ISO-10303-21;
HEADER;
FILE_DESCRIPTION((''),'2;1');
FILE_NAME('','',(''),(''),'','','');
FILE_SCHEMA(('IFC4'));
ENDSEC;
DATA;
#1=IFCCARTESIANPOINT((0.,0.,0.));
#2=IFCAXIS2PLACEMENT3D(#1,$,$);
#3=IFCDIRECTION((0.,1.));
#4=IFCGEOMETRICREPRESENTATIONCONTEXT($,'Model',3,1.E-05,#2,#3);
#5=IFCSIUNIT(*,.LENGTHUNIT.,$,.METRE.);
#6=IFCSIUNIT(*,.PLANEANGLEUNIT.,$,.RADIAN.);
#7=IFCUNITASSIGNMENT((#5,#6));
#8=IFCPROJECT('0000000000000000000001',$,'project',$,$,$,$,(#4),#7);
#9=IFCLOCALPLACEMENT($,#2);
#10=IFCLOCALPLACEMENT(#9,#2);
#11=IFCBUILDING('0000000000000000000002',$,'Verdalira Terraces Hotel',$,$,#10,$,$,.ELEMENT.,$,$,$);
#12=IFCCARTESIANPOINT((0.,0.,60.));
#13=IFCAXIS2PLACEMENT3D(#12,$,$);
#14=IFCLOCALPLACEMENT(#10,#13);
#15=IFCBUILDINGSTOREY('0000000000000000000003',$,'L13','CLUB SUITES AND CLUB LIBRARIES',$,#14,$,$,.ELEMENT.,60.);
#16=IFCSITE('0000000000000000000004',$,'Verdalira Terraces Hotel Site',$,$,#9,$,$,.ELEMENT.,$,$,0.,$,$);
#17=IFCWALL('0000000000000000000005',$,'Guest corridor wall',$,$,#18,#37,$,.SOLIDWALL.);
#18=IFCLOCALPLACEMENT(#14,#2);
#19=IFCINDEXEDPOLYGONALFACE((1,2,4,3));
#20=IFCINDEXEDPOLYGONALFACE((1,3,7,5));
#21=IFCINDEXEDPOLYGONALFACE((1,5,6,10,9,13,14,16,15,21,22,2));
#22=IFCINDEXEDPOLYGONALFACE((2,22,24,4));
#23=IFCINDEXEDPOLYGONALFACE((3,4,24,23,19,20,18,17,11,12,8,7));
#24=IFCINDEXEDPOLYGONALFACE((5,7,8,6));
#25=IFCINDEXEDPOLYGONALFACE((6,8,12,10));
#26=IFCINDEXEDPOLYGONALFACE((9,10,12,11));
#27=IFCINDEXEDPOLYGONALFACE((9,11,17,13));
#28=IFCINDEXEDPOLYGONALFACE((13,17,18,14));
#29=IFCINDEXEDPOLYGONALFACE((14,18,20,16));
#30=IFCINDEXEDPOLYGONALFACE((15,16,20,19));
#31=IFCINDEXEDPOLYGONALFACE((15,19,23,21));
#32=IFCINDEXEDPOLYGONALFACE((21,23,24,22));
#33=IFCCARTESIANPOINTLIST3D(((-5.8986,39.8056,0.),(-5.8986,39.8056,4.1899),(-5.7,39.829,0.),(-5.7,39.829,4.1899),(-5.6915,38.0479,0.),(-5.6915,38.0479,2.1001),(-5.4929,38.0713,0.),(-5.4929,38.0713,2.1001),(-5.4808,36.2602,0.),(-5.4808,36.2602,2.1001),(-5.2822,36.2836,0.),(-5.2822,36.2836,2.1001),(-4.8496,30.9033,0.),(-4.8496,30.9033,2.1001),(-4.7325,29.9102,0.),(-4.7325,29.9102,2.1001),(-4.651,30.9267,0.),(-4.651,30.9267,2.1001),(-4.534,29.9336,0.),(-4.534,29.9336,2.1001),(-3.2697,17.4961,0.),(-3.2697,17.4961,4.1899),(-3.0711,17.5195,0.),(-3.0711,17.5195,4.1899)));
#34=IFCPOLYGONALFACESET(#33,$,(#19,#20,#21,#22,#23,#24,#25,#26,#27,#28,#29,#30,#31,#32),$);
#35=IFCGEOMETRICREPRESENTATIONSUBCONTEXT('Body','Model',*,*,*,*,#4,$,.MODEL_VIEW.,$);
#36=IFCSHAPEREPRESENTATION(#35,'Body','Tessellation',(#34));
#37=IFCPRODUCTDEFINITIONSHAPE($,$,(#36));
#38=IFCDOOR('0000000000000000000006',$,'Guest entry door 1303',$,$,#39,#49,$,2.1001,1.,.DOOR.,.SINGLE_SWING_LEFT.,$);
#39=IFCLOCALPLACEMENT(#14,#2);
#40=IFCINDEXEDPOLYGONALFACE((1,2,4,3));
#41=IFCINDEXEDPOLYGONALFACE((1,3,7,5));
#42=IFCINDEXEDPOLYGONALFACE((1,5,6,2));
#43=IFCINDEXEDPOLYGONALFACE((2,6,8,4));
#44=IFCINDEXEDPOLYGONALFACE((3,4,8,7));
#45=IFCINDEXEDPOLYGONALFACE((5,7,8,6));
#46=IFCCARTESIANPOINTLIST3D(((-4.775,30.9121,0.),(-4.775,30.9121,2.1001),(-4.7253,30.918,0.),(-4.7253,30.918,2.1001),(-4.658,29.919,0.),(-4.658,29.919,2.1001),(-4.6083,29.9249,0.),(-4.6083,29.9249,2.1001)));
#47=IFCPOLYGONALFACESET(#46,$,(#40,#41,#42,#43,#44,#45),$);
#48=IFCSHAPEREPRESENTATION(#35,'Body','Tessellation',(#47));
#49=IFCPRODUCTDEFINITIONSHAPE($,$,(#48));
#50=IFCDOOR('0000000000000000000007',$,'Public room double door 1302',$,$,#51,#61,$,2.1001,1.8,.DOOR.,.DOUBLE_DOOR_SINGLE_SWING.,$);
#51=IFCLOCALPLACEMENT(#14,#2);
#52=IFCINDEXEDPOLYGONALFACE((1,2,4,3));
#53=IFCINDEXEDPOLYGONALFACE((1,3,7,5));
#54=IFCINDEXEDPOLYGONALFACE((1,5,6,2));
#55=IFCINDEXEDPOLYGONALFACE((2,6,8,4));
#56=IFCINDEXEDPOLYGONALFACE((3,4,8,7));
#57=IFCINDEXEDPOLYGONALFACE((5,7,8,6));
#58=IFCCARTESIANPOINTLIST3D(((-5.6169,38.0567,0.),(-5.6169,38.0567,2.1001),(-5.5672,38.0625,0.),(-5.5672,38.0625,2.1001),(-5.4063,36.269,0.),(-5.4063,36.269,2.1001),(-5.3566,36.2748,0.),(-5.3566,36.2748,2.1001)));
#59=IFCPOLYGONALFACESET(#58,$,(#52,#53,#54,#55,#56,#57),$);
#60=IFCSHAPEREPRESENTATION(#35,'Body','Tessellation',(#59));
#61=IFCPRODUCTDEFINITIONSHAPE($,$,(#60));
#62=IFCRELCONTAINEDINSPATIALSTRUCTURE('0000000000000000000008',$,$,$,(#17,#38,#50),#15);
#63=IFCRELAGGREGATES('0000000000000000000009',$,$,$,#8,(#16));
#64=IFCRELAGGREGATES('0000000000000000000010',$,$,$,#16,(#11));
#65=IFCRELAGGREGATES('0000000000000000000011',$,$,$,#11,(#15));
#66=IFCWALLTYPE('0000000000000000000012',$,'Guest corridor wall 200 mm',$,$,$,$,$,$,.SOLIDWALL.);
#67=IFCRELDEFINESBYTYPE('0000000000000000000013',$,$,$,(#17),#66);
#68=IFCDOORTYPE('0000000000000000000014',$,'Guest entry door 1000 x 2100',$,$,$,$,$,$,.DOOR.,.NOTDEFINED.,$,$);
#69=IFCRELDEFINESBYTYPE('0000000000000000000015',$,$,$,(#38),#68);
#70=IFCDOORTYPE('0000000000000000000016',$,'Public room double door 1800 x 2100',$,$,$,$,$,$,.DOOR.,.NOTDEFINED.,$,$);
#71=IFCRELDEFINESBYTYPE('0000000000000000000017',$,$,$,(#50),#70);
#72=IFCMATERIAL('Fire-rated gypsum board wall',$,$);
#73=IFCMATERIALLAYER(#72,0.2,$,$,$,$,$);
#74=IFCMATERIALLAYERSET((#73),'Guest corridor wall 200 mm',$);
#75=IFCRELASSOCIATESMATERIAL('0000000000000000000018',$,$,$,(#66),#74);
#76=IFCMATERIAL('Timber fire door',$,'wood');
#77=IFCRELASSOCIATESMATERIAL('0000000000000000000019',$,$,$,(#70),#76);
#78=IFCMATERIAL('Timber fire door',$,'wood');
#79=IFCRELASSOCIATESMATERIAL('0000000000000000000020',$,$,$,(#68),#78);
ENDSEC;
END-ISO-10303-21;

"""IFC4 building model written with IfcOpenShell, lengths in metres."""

from ifc_helpers import new_model, si_unit, direction, frame, frame_2d, origin, place, context, subcontext, project, spatial, rectangle, extrude, material, layer, layer_set, type_object, element, fill, save


model = new_model("IFC4")

# Units and contexts
model_context = context("Model", 3, precision=1e-05, world=origin(), true_north=direction((0.0, 1.0)))
body_context = subcontext(model_context, "Body", "Model", "MODEL_VIEW")
ifc_project = project(units=[si_unit("LENGTHUNIT", "METRE"), si_unit("PLANEANGLEUNIT", "RADIAN")], contexts=[model_context])

# Site, building, storey
site_placement = place(None, origin())
site = spatial("IfcSite", under=ifc_project, at=site_placement, Name="Verdalira Terraces Hotel Site", CompositionType="ELEMENT", RefElevation=0.0)
building_placement = place(site_placement, origin())
building = spatial("IfcBuilding", under=site, at=building_placement, Name="Verdalira Terraces Hotel", CompositionType="ELEMENT")
storey_placement = place(building_placement, frame((0.0, 0.0, 60.0)))
storey = spatial("IfcBuildingStorey", under=building, at=storey_placement, Name="L13", Description="CLUB SUITES AND CLUB LIBRARIES", CompositionType="ELEMENT", Elevation=60.0)

# Shared definitions
ifc_material_1 = material(Name="Fire-rated gypsum board wall")
ifc_layer_1 = layer(ifc_material_1, 0.2)
ifc_layer_set_1 = layer_set([ifc_layer_1], Name="Guest corridor wall 200 mm")
wall_type_1 = type_object("IfcWallType", Name="Guest corridor wall 200 mm", PredefinedType="SOLIDWALL", material=ifc_layer_set_1)
ifc_material_2 = material(Name="Timber fire door", Category="wood")
door_type_1 = type_object("IfcDoorType", Name="Public room double door 1800 x 2100", OperationType="NOTDEFINED", PredefinedType="DOOR", material=ifc_material_2)

# Wall, openings, doors
wall_1_placement = place(storey_placement, frame((-3.1704, 17.5078, 0.0), z_axis=(0.0, 0.0, 1.0), x_axis=(-0.117028, 0.993129, 0.0)))
wall_1 = element("IfcWall", 1, at=wall_1_placement, inside=storey, type_object=wall_type_1, Name="Guest corridor wall", PredefinedType="SOLIDWALL", context=body_context, shape_type="SweptSolid", body=[
    extrude(rectangle(XDim=22.4639, YDim=0.2, at=frame_2d((11.2319, 0.0))), origin(), (0.0, 0.0, 1.0), 4.1899),
])
opening_1_placement = place(wall_1_placement, frame((18.894, 0.0, 0.0)))
opening_1 = element("IfcOpeningElement", 2, at=opening_1_placement, cuts=wall_1, PredefinedType="OPENING", context=body_context, shape_type="SweptSolid", body=[
    extrude(rectangle(XDim=1.8, YDim=2.1001, at=frame_2d((0.8999, 1.05))), frame((0.0, 0.1099, 0.0), z_axis=(0.0, -1.0, 0.0), x_axis=(1.0, 0.0, 0.0)), (0.0, 0.0, 1.0), 0.22),
])
opening_2_placement = place(wall_1_placement, frame((12.5, 0.0, 0.0)))
opening_2 = element("IfcOpeningElement", 3, at=opening_2_placement, cuts=wall_1, PredefinedType="OPENING", context=body_context, shape_type="SweptSolid", body=[
    extrude(rectangle(XDim=1.0, YDim=2.1001, at=frame_2d((0.5, 1.05))), frame((0.0, 0.1099, 0.0), z_axis=(0.0, -1.0, 0.0), x_axis=(1.0, 0.0, 0.0)), (0.0, 0.0, 1.0), 0.22),
])
ifc_material_3 = material(Name="Timber fire door", Category="wood")
door_type_2 = type_object("IfcDoorType", Name="Guest entry door 1000 x 2100", OperationType="NOTDEFINED", PredefinedType="DOOR", material=ifc_material_3)
door_1_placement = place(opening_2_placement, origin())
door_1 = element("IfcDoor", 4, at=door_1_placement, inside=storey, type_object=door_type_2, Name="Guest entry door 1303", OperationType="SINGLE_SWING_LEFT", OverallHeight=2.1001, OverallWidth=1.0, PredefinedType="DOOR", context=body_context, shape_type="SweptSolid", body=[
    extrude(rectangle(XDim=1.0, YDim=2.1001, at=frame_2d((0.5, 1.05))), frame((0.0, 0.0249, 0.0), z_axis=(0.0, -1.0, 0.0), x_axis=(1.0, 0.0, 0.0)), (0.0, 0.0, 1.0), 0.05),
])
fill(opening_2, door_1)
door_2_placement = place(opening_1_placement, origin())
door_2 = element("IfcDoor", 5, at=door_2_placement, inside=storey, type_object=door_type_1, Name="Public room double door 1302", OperationType="DOUBLE_DOOR_SINGLE_SWING", OverallHeight=2.1001, OverallWidth=1.8, PredefinedType="DOOR", context=body_context, shape_type="SweptSolid", body=[
    extrude(rectangle(XDim=1.8, YDim=2.1001, at=frame_2d((0.8999, 1.05))), frame((0.0, 0.0249, 0.0), z_axis=(0.0, -1.0, 0.0), x_axis=(1.0, 0.0, 0.0)), (0.0, 0.0, 1.0), 0.05),
])
fill(opening_1, door_2)

save(model, "model.ifc")
